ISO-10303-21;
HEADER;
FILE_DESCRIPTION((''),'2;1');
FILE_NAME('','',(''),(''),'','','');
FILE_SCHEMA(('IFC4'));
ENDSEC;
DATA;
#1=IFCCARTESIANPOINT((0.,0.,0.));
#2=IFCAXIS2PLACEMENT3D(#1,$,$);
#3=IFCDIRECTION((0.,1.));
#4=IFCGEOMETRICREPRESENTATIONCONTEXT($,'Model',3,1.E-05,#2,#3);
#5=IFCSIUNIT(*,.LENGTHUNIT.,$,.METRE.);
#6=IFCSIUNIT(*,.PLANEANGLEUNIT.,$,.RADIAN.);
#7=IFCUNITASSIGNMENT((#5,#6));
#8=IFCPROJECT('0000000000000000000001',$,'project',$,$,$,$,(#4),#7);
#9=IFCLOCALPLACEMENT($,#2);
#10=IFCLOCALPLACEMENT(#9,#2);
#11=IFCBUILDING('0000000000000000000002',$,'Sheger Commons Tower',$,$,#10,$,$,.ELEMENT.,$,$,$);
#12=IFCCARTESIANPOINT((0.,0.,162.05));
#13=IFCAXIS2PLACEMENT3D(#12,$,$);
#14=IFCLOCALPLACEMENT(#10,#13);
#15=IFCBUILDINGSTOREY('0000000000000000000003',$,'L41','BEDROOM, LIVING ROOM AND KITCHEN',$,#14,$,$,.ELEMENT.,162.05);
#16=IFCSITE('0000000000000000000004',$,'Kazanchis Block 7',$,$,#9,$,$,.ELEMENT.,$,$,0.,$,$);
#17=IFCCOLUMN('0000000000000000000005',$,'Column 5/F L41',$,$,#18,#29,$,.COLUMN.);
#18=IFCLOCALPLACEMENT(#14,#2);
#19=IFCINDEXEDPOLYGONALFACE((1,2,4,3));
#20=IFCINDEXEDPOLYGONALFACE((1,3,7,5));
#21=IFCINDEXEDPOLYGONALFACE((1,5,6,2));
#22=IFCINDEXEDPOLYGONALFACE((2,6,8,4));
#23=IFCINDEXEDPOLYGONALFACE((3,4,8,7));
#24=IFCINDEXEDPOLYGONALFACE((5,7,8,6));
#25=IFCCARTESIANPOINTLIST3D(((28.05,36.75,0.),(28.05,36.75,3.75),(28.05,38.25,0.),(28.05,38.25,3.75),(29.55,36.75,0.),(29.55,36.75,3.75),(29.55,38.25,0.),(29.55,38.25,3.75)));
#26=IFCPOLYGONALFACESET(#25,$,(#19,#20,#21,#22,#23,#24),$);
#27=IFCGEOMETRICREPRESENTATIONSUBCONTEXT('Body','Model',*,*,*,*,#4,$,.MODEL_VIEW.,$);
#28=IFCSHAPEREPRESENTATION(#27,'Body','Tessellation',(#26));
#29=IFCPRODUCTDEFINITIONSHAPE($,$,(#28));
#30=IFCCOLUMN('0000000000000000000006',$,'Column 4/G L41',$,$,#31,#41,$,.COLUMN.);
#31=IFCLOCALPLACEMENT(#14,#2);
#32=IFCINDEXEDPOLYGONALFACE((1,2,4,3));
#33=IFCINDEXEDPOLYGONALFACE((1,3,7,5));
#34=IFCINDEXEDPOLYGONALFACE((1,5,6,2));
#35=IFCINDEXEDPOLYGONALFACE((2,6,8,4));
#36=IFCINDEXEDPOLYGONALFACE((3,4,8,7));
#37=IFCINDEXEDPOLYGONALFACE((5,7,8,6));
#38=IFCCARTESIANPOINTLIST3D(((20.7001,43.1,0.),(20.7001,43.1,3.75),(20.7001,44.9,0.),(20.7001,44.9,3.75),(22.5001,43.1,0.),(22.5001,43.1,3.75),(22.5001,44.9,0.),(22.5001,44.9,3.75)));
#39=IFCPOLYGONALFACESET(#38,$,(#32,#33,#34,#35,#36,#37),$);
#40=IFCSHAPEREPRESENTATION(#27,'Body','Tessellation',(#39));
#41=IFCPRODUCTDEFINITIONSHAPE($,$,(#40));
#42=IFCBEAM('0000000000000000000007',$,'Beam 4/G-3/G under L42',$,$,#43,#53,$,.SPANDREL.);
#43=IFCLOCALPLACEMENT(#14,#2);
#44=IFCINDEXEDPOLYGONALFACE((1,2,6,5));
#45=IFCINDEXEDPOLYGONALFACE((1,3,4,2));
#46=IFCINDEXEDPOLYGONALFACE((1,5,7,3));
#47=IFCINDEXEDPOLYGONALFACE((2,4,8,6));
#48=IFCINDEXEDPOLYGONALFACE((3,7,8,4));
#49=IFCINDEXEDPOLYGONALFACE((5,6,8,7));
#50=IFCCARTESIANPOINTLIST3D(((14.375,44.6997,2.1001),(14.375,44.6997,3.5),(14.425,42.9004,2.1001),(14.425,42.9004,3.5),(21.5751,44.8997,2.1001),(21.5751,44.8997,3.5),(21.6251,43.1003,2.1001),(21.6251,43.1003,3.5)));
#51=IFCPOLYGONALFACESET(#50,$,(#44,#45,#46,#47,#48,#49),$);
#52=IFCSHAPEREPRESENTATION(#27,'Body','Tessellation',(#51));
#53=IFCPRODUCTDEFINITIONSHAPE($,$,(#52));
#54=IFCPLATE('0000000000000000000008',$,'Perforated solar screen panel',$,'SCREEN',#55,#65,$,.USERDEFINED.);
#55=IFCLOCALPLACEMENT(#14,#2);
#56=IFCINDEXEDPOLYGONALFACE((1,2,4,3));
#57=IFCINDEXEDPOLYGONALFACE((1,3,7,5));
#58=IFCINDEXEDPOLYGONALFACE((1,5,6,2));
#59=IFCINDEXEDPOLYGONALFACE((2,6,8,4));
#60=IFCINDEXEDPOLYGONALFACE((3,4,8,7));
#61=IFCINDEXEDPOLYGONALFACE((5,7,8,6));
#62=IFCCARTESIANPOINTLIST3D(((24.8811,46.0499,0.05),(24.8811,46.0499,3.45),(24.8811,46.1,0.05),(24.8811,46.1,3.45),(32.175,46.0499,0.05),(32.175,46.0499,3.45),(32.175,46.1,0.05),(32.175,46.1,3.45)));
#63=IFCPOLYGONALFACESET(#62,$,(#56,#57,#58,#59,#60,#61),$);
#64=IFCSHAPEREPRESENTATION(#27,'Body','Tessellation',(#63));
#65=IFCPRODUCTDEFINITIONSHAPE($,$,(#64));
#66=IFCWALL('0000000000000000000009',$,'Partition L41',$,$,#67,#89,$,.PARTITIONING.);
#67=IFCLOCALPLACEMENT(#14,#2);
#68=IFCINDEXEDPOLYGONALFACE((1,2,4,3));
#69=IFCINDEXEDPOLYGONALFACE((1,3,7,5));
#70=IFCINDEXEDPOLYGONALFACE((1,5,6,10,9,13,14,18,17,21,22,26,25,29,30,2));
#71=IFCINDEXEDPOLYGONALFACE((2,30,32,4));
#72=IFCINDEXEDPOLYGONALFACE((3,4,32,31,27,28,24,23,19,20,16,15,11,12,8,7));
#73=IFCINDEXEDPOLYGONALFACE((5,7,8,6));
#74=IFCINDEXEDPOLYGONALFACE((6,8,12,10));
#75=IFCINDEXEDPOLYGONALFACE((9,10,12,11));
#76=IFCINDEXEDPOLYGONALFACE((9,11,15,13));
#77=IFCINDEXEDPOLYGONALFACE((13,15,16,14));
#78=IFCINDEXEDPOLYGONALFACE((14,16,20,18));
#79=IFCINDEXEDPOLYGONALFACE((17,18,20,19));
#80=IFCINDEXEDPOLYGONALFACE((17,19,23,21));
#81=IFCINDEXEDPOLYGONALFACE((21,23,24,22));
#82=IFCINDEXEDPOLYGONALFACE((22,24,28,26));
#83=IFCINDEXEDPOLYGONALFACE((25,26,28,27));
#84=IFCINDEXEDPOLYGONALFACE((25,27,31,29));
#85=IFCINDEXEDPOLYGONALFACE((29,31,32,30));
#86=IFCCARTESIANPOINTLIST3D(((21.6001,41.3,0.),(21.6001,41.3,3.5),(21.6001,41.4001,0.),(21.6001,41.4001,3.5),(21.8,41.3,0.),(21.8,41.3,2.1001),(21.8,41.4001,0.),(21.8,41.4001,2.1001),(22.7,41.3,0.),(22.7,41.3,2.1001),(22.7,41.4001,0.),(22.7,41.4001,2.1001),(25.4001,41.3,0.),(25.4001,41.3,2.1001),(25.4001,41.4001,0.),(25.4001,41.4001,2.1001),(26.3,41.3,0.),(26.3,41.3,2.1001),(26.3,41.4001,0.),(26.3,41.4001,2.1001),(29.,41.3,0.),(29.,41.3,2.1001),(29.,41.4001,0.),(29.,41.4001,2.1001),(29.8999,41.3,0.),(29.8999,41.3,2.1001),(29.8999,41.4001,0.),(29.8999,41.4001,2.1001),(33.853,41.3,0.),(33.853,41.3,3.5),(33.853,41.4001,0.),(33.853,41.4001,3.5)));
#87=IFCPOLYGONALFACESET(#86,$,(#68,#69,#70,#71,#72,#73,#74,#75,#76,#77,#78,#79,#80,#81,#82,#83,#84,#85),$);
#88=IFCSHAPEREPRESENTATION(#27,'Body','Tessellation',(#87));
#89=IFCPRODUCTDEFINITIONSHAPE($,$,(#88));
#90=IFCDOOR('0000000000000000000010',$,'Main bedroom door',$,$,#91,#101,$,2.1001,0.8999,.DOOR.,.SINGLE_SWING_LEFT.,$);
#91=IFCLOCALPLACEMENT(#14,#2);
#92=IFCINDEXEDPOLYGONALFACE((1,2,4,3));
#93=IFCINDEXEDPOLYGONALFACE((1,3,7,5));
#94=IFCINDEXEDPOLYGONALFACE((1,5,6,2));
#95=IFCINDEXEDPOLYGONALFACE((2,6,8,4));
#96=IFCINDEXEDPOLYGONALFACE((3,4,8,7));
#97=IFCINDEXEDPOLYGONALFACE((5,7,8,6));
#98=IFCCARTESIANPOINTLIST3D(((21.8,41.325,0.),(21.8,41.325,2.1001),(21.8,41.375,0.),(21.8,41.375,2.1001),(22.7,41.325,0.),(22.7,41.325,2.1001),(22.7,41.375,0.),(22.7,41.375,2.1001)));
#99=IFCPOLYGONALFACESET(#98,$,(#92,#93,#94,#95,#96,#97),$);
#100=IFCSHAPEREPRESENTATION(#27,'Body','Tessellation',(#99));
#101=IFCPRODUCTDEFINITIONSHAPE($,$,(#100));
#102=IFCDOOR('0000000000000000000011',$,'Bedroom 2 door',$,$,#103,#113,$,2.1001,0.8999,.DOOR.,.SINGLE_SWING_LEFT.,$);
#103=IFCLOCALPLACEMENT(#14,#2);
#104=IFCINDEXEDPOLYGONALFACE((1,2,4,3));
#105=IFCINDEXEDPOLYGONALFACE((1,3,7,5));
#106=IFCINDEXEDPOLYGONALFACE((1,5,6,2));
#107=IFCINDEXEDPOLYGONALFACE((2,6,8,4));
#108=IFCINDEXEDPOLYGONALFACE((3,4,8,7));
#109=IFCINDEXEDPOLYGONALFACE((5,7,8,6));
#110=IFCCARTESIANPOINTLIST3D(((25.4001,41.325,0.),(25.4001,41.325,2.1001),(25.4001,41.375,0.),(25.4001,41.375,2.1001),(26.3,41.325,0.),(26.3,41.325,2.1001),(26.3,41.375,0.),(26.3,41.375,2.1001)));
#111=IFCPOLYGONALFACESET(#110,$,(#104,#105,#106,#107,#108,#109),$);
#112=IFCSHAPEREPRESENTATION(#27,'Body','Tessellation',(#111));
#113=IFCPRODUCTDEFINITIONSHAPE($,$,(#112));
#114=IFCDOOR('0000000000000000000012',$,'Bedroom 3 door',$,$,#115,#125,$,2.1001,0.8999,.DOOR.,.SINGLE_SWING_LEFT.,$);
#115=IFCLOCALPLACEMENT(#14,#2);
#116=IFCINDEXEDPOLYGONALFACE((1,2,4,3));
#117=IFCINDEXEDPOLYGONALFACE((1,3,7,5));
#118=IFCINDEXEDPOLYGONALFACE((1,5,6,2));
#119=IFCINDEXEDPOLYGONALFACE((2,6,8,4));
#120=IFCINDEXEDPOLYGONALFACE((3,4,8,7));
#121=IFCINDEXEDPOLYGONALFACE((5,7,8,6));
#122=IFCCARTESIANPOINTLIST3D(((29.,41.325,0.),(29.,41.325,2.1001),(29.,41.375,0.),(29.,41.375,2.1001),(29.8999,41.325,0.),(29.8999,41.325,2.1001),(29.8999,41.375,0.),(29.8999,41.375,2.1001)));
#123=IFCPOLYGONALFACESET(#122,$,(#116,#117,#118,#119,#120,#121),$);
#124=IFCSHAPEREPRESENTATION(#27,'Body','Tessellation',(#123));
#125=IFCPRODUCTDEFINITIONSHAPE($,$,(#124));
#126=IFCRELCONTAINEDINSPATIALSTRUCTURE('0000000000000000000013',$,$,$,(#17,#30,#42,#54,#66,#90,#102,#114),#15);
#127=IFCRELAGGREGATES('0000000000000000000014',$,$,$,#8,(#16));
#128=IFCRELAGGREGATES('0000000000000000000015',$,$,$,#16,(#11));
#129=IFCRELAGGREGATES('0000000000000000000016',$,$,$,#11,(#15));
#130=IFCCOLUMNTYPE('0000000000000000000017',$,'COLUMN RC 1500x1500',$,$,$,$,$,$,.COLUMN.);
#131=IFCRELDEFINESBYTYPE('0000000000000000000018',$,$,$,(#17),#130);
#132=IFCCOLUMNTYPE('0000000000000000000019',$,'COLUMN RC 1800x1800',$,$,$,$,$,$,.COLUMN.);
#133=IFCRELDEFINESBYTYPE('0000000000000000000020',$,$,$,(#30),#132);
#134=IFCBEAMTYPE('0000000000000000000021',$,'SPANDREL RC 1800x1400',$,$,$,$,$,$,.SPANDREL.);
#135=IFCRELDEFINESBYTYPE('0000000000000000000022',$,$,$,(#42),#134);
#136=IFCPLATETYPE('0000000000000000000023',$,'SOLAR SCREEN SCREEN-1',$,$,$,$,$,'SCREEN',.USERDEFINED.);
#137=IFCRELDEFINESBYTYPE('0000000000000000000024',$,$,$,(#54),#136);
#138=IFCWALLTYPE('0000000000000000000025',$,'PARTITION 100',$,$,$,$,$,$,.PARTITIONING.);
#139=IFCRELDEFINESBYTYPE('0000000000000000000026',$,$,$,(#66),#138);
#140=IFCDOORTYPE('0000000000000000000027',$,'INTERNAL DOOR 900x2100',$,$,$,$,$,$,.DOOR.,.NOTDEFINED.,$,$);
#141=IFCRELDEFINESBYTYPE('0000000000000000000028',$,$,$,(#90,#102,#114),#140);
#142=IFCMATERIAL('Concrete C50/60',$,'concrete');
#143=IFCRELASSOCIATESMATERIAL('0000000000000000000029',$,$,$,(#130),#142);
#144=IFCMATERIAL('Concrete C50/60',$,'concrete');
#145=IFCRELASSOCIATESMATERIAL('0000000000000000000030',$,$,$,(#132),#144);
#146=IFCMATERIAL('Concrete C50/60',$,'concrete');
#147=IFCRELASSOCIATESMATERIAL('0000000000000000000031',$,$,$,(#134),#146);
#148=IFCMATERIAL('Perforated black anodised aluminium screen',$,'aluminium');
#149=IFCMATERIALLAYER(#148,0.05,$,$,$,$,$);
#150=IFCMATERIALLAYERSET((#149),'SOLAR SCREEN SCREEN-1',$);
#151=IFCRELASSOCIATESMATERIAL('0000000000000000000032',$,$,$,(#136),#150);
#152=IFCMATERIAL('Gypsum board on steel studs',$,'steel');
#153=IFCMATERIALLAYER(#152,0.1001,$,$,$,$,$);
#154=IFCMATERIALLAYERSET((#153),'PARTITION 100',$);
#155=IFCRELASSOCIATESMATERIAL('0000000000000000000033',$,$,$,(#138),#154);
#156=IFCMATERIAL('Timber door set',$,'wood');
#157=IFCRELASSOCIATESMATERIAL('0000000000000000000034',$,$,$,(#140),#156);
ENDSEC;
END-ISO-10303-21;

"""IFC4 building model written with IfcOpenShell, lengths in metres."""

from ifc_helpers import new_model, si_unit, direction, frame, frame_2d, origin, origin_2d, place, context, subcontext, project, spatial, rectangle, extrude, material, layer, layer_set, material_profile, profile_set, type_object, element, fill, save


model = new_model("IFC4")

# Units and contexts
model_context = context("Model", 3, precision=1e-05, world=origin(), true_north=direction((0.0, 1.0)))
body_context = subcontext(model_context, "Body", "Model", "MODEL_VIEW")
ifc_project = project(units=[si_unit("LENGTHUNIT", "METRE"), si_unit("PLANEANGLEUNIT", "RADIAN")], contexts=[model_context])

# Site, building, storey
site_placement = place(None, origin())
site = spatial("IfcSite", under=ifc_project, at=site_placement, Name="Kazanchis Block 7", CompositionType="ELEMENT", RefElevation=0.0)
building_placement = place(site_placement, origin())
building = spatial("IfcBuilding", under=site, at=building_placement, Name="Sheger Commons Tower", CompositionType="ELEMENT")
storey_placement = place(building_placement, frame((0.0, 0.0, 162.05)))
storey = spatial("IfcBuildingStorey", under=building, at=storey_placement, Name="L41", Description="BEDROOM, LIVING ROOM AND KITCHEN", CompositionType="ELEMENT", Elevation=162.05)

# Columns
ifc_material_1 = material(Name="Concrete C50/60", Category="concrete")
ifc_material_profile_1 = material_profile(ifc_material_1, rectangle(XDim=1.5, YDim=1.5, at=origin_2d()), Name="RC 1500x1500")
ifc_profile_set_1 = profile_set([ifc_material_profile_1], Name="Concrete C50/60")
column_type_1 = type_object("IfcColumnType", Name="COLUMN RC 1500x1500", PredefinedType="COLUMN", material=ifc_profile_set_1)
column_1_placement = place(storey_placement, frame((28.8, 37.5, 0.0), z_axis=(0.0, 0.0, 1.0), x_axis=(1.0, 0.0, 0.0)))
element("IfcColumn", 1, at=column_1_placement, inside=storey, type_object=column_type_1, Name="Column 5/F L41", PredefinedType="COLUMN", context=body_context, shape_type="SweptSolid", body=[
    extrude(rectangle(XDim=1.5, YDim=1.5, at=origin_2d()), origin(), (0.0, 0.0, 1.0), 3.75),
])
ifc_material_2 = material(Name="Concrete C50/60", Category="concrete")
ifc_material_profile_2 = material_profile(ifc_material_2, rectangle(XDim=1.8, YDim=1.8, at=origin_2d()), Name="RC 1800x1800")
ifc_profile_set_2 = profile_set([ifc_material_profile_2], Name="Concrete C50/60")
column_type_2 = type_object("IfcColumnType", Name="COLUMN RC 1800x1800", PredefinedType="COLUMN", material=ifc_profile_set_2)
column_2_placement = place(storey_placement, frame((21.6001, 44.0, 0.0), z_axis=(0.0, 0.0, 1.0), x_axis=(1.0, 0.0, 0.0)))
element("IfcColumn", 2, at=column_2_placement, inside=storey, type_object=column_type_2, Name="Column 4/G L41", PredefinedType="COLUMN", context=body_context, shape_type="SweptSolid", body=[
    extrude(rectangle(XDim=1.8, YDim=1.8, at=origin_2d()), origin(), (0.0, 0.0, 1.0), 3.75),
])

# Beam
ifc_material_3 = material(Name="Concrete C50/60", Category="concrete")
ifc_material_profile_3 = material_profile(ifc_material_3, rectangle(XDim=1.8, YDim=1.3999, at=origin_2d()), Name="RC 1800x1400")
ifc_profile_set_3 = profile_set([ifc_material_profile_3], Name="Concrete C50/60")
beam_type = type_object("IfcBeamType", Name="SPANDREL RC 1800x1400", PredefinedType="SPANDREL", material=ifc_profile_set_3)
beam_placement = place(storey_placement, frame((21.6001, 44.0, 2.8), z_axis=(-0.999615, -0.02776, 0.0), x_axis=(0.02776, -0.999615, 0.0)))
element("IfcBeam", 3, at=beam_placement, inside=storey, type_object=beam_type, Name="Beam 4/G-3/G under L42", PredefinedType="SPANDREL", context=body_context, shape_type="SweptSolid", body=[
    extrude(rectangle(XDim=1.8, YDim=1.3999, at=origin_2d()), origin(), (0.0, 0.0, 1.0), 7.2029),
])

# Plate
ifc_material_4 = material(Name="Perforated black anodised aluminium screen", Category="aluminium")
ifc_layer_1 = layer(ifc_material_4, 0.05)
ifc_layer_set_1 = layer_set([ifc_layer_1], Name="SOLAR SCREEN SCREEN-1")
plate_type = type_object("IfcPlateType", Name="SOLAR SCREEN SCREEN-1", ElementType="SCREEN", PredefinedType="USERDEFINED", material=ifc_layer_set_1)
plate_placement = place(storey_placement, frame((28.5281, 46.075, 0.05), z_axis=(0.0, 0.0, 1.0), x_axis=(-1.0, 0.0, 0.0)))
element("IfcPlate", 4, at=plate_placement, inside=storey, type_object=plate_type, Name="Perforated solar screen panel", ObjectType="SCREEN", PredefinedType="USERDEFINED", context=body_context, shape_type="SweptSolid", body=[
    extrude(rectangle(XDim=7.2939, YDim=0.05, at=origin_2d()), origin(), (0.0, 0.0, 1.0), 3.3999),
])

# Wall, openings, doors
ifc_material_5 = material(Name="Gypsum board on steel studs", Category="steel")
ifc_layer_2 = layer(ifc_material_5, 0.1001)
ifc_layer_set_2 = layer_set([ifc_layer_2], Name="PARTITION 100")
wall_type = type_object("IfcWallType", Name="PARTITION 100", PredefinedType="PARTITIONING", material=ifc_layer_set_2)
wall_1_placement = place(storey_placement, frame((21.6001, 41.3501, 0.0), z_axis=(0.0, 0.0, 1.0), x_axis=(1.0, 0.0, 0.0)))
wall_1 = element("IfcWall", 5, at=wall_1_placement, inside=storey, type_object=wall_type, Name="Partition L41", PredefinedType="PARTITIONING", context=body_context, shape_type="SweptSolid", body=[
    extrude(rectangle(XDim=12.2529, YDim=0.1001, at=frame_2d((6.1265, 0.0))), origin(), (0.0, 0.0, 1.0), 3.5),
])
opening_1_placement = place(wall_1_placement, frame((0.2, 0.0, 0.0)))
opening_1 = element("IfcOpeningElement", 6, at=opening_1_placement, cuts=wall_1, PredefinedType="OPENING", context=body_context, shape_type="SweptSolid", body=[
    extrude(rectangle(XDim=0.8999, YDim=2.1001, at=frame_2d((0.45, 1.05))), frame((0.0, 0.0601, 0.0), z_axis=(0.0, -1.0, 0.0), x_axis=(1.0, 0.0, 0.0)), (0.0, 0.0, 1.0), 0.1201),
])
opening_2_placement = place(wall_1_placement, frame((3.8, 0.0, 0.0)))
opening_2 = element("IfcOpeningElement", 7, at=opening_2_placement, cuts=wall_1, PredefinedType="OPENING", context=body_context, shape_type="SweptSolid", body=[
    extrude(rectangle(XDim=0.8999, YDim=2.1001, at=frame_2d((0.45, 1.05))), frame((0.0, 0.0601, 0.0), z_axis=(0.0, -1.0, 0.0), x_axis=(1.0, 0.0, 0.0)), (0.0, 0.0, 1.0), 0.1201),
])
opening_3_placement = place(wall_1_placement, frame((7.3999, 0.0, 0.0)))
opening_3 = element("IfcOpeningElement", 8, at=opening_3_placement, cuts=wall_1, PredefinedType="OPENING", context=body_context, shape_type="SweptSolid", body=[
    extrude(rectangle(XDim=0.8999, YDim=2.1001, at=frame_2d((0.45, 1.05))), frame((0.0, 0.0601, 0.0), z_axis=(0.0, -1.0, 0.0), x_axis=(1.0, 0.0, 0.0)), (0.0, 0.0, 1.0), 0.1201),
])
ifc_material_6 = material(Name="Timber door set", Category="wood")
door_type = type_object("IfcDoorType", Name="INTERNAL DOOR 900x2100", OperationType="NOTDEFINED", PredefinedType="DOOR", material=ifc_material_6)
door_1_placement = place(opening_1_placement, origin())
door_1 = element("IfcDoor", 9, at=door_1_placement, inside=storey, type_object=door_type, Name="Main bedroom door", OperationType="SINGLE_SWING_LEFT", OverallHeight=2.1001, OverallWidth=0.8999, PredefinedType="DOOR", context=body_context, shape_type="SweptSolid", body=[
    extrude(rectangle(XDim=0.8999, YDim=2.1001, at=frame_2d((0.45, 1.05))), frame((0.0, 0.0249, 0.0), z_axis=(0.0, -1.0, 0.0), x_axis=(1.0, 0.0, 0.0)), (0.0, 0.0, 1.0), 0.05),
])
fill(opening_1, door_1)
door_2_placement = place(opening_2_placement, origin())
door_2 = element("IfcDoor", 10, at=door_2_placement, inside=storey, type_object=door_type, Name="Bedroom 2 door", OperationType="SINGLE_SWING_LEFT", OverallHeight=2.1001, OverallWidth=0.8999, PredefinedType="DOOR", context=body_context, shape_type="SweptSolid", body=[
    extrude(rectangle(XDim=0.8999, YDim=2.1001, at=frame_2d((0.45, 1.05))), frame((0.0, 0.0249, 0.0), z_axis=(0.0, -1.0, 0.0), x_axis=(1.0, 0.0, 0.0)), (0.0, 0.0, 1.0), 0.05),
])
fill(opening_2, door_2)
door_3_placement = place(opening_3_placement, origin())
door_3 = element("IfcDoor", 11, at=door_3_placement, inside=storey, type_object=door_type, Name="Bedroom 3 door", OperationType="SINGLE_SWING_LEFT", OverallHeight=2.1001, OverallWidth=0.8999, PredefinedType="DOOR", context=body_context, shape_type="SweptSolid", body=[
    extrude(rectangle(XDim=0.8999, YDim=2.1001, at=frame_2d((0.45, 1.05))), frame((0.0, 0.0249, 0.0), z_axis=(0.0, -1.0, 0.0), x_axis=(1.0, 0.0, 0.0)), (0.0, 0.0, 1.0), 0.05),
])
fill(opening_3, door_3)

save(model, "model.ifc")
